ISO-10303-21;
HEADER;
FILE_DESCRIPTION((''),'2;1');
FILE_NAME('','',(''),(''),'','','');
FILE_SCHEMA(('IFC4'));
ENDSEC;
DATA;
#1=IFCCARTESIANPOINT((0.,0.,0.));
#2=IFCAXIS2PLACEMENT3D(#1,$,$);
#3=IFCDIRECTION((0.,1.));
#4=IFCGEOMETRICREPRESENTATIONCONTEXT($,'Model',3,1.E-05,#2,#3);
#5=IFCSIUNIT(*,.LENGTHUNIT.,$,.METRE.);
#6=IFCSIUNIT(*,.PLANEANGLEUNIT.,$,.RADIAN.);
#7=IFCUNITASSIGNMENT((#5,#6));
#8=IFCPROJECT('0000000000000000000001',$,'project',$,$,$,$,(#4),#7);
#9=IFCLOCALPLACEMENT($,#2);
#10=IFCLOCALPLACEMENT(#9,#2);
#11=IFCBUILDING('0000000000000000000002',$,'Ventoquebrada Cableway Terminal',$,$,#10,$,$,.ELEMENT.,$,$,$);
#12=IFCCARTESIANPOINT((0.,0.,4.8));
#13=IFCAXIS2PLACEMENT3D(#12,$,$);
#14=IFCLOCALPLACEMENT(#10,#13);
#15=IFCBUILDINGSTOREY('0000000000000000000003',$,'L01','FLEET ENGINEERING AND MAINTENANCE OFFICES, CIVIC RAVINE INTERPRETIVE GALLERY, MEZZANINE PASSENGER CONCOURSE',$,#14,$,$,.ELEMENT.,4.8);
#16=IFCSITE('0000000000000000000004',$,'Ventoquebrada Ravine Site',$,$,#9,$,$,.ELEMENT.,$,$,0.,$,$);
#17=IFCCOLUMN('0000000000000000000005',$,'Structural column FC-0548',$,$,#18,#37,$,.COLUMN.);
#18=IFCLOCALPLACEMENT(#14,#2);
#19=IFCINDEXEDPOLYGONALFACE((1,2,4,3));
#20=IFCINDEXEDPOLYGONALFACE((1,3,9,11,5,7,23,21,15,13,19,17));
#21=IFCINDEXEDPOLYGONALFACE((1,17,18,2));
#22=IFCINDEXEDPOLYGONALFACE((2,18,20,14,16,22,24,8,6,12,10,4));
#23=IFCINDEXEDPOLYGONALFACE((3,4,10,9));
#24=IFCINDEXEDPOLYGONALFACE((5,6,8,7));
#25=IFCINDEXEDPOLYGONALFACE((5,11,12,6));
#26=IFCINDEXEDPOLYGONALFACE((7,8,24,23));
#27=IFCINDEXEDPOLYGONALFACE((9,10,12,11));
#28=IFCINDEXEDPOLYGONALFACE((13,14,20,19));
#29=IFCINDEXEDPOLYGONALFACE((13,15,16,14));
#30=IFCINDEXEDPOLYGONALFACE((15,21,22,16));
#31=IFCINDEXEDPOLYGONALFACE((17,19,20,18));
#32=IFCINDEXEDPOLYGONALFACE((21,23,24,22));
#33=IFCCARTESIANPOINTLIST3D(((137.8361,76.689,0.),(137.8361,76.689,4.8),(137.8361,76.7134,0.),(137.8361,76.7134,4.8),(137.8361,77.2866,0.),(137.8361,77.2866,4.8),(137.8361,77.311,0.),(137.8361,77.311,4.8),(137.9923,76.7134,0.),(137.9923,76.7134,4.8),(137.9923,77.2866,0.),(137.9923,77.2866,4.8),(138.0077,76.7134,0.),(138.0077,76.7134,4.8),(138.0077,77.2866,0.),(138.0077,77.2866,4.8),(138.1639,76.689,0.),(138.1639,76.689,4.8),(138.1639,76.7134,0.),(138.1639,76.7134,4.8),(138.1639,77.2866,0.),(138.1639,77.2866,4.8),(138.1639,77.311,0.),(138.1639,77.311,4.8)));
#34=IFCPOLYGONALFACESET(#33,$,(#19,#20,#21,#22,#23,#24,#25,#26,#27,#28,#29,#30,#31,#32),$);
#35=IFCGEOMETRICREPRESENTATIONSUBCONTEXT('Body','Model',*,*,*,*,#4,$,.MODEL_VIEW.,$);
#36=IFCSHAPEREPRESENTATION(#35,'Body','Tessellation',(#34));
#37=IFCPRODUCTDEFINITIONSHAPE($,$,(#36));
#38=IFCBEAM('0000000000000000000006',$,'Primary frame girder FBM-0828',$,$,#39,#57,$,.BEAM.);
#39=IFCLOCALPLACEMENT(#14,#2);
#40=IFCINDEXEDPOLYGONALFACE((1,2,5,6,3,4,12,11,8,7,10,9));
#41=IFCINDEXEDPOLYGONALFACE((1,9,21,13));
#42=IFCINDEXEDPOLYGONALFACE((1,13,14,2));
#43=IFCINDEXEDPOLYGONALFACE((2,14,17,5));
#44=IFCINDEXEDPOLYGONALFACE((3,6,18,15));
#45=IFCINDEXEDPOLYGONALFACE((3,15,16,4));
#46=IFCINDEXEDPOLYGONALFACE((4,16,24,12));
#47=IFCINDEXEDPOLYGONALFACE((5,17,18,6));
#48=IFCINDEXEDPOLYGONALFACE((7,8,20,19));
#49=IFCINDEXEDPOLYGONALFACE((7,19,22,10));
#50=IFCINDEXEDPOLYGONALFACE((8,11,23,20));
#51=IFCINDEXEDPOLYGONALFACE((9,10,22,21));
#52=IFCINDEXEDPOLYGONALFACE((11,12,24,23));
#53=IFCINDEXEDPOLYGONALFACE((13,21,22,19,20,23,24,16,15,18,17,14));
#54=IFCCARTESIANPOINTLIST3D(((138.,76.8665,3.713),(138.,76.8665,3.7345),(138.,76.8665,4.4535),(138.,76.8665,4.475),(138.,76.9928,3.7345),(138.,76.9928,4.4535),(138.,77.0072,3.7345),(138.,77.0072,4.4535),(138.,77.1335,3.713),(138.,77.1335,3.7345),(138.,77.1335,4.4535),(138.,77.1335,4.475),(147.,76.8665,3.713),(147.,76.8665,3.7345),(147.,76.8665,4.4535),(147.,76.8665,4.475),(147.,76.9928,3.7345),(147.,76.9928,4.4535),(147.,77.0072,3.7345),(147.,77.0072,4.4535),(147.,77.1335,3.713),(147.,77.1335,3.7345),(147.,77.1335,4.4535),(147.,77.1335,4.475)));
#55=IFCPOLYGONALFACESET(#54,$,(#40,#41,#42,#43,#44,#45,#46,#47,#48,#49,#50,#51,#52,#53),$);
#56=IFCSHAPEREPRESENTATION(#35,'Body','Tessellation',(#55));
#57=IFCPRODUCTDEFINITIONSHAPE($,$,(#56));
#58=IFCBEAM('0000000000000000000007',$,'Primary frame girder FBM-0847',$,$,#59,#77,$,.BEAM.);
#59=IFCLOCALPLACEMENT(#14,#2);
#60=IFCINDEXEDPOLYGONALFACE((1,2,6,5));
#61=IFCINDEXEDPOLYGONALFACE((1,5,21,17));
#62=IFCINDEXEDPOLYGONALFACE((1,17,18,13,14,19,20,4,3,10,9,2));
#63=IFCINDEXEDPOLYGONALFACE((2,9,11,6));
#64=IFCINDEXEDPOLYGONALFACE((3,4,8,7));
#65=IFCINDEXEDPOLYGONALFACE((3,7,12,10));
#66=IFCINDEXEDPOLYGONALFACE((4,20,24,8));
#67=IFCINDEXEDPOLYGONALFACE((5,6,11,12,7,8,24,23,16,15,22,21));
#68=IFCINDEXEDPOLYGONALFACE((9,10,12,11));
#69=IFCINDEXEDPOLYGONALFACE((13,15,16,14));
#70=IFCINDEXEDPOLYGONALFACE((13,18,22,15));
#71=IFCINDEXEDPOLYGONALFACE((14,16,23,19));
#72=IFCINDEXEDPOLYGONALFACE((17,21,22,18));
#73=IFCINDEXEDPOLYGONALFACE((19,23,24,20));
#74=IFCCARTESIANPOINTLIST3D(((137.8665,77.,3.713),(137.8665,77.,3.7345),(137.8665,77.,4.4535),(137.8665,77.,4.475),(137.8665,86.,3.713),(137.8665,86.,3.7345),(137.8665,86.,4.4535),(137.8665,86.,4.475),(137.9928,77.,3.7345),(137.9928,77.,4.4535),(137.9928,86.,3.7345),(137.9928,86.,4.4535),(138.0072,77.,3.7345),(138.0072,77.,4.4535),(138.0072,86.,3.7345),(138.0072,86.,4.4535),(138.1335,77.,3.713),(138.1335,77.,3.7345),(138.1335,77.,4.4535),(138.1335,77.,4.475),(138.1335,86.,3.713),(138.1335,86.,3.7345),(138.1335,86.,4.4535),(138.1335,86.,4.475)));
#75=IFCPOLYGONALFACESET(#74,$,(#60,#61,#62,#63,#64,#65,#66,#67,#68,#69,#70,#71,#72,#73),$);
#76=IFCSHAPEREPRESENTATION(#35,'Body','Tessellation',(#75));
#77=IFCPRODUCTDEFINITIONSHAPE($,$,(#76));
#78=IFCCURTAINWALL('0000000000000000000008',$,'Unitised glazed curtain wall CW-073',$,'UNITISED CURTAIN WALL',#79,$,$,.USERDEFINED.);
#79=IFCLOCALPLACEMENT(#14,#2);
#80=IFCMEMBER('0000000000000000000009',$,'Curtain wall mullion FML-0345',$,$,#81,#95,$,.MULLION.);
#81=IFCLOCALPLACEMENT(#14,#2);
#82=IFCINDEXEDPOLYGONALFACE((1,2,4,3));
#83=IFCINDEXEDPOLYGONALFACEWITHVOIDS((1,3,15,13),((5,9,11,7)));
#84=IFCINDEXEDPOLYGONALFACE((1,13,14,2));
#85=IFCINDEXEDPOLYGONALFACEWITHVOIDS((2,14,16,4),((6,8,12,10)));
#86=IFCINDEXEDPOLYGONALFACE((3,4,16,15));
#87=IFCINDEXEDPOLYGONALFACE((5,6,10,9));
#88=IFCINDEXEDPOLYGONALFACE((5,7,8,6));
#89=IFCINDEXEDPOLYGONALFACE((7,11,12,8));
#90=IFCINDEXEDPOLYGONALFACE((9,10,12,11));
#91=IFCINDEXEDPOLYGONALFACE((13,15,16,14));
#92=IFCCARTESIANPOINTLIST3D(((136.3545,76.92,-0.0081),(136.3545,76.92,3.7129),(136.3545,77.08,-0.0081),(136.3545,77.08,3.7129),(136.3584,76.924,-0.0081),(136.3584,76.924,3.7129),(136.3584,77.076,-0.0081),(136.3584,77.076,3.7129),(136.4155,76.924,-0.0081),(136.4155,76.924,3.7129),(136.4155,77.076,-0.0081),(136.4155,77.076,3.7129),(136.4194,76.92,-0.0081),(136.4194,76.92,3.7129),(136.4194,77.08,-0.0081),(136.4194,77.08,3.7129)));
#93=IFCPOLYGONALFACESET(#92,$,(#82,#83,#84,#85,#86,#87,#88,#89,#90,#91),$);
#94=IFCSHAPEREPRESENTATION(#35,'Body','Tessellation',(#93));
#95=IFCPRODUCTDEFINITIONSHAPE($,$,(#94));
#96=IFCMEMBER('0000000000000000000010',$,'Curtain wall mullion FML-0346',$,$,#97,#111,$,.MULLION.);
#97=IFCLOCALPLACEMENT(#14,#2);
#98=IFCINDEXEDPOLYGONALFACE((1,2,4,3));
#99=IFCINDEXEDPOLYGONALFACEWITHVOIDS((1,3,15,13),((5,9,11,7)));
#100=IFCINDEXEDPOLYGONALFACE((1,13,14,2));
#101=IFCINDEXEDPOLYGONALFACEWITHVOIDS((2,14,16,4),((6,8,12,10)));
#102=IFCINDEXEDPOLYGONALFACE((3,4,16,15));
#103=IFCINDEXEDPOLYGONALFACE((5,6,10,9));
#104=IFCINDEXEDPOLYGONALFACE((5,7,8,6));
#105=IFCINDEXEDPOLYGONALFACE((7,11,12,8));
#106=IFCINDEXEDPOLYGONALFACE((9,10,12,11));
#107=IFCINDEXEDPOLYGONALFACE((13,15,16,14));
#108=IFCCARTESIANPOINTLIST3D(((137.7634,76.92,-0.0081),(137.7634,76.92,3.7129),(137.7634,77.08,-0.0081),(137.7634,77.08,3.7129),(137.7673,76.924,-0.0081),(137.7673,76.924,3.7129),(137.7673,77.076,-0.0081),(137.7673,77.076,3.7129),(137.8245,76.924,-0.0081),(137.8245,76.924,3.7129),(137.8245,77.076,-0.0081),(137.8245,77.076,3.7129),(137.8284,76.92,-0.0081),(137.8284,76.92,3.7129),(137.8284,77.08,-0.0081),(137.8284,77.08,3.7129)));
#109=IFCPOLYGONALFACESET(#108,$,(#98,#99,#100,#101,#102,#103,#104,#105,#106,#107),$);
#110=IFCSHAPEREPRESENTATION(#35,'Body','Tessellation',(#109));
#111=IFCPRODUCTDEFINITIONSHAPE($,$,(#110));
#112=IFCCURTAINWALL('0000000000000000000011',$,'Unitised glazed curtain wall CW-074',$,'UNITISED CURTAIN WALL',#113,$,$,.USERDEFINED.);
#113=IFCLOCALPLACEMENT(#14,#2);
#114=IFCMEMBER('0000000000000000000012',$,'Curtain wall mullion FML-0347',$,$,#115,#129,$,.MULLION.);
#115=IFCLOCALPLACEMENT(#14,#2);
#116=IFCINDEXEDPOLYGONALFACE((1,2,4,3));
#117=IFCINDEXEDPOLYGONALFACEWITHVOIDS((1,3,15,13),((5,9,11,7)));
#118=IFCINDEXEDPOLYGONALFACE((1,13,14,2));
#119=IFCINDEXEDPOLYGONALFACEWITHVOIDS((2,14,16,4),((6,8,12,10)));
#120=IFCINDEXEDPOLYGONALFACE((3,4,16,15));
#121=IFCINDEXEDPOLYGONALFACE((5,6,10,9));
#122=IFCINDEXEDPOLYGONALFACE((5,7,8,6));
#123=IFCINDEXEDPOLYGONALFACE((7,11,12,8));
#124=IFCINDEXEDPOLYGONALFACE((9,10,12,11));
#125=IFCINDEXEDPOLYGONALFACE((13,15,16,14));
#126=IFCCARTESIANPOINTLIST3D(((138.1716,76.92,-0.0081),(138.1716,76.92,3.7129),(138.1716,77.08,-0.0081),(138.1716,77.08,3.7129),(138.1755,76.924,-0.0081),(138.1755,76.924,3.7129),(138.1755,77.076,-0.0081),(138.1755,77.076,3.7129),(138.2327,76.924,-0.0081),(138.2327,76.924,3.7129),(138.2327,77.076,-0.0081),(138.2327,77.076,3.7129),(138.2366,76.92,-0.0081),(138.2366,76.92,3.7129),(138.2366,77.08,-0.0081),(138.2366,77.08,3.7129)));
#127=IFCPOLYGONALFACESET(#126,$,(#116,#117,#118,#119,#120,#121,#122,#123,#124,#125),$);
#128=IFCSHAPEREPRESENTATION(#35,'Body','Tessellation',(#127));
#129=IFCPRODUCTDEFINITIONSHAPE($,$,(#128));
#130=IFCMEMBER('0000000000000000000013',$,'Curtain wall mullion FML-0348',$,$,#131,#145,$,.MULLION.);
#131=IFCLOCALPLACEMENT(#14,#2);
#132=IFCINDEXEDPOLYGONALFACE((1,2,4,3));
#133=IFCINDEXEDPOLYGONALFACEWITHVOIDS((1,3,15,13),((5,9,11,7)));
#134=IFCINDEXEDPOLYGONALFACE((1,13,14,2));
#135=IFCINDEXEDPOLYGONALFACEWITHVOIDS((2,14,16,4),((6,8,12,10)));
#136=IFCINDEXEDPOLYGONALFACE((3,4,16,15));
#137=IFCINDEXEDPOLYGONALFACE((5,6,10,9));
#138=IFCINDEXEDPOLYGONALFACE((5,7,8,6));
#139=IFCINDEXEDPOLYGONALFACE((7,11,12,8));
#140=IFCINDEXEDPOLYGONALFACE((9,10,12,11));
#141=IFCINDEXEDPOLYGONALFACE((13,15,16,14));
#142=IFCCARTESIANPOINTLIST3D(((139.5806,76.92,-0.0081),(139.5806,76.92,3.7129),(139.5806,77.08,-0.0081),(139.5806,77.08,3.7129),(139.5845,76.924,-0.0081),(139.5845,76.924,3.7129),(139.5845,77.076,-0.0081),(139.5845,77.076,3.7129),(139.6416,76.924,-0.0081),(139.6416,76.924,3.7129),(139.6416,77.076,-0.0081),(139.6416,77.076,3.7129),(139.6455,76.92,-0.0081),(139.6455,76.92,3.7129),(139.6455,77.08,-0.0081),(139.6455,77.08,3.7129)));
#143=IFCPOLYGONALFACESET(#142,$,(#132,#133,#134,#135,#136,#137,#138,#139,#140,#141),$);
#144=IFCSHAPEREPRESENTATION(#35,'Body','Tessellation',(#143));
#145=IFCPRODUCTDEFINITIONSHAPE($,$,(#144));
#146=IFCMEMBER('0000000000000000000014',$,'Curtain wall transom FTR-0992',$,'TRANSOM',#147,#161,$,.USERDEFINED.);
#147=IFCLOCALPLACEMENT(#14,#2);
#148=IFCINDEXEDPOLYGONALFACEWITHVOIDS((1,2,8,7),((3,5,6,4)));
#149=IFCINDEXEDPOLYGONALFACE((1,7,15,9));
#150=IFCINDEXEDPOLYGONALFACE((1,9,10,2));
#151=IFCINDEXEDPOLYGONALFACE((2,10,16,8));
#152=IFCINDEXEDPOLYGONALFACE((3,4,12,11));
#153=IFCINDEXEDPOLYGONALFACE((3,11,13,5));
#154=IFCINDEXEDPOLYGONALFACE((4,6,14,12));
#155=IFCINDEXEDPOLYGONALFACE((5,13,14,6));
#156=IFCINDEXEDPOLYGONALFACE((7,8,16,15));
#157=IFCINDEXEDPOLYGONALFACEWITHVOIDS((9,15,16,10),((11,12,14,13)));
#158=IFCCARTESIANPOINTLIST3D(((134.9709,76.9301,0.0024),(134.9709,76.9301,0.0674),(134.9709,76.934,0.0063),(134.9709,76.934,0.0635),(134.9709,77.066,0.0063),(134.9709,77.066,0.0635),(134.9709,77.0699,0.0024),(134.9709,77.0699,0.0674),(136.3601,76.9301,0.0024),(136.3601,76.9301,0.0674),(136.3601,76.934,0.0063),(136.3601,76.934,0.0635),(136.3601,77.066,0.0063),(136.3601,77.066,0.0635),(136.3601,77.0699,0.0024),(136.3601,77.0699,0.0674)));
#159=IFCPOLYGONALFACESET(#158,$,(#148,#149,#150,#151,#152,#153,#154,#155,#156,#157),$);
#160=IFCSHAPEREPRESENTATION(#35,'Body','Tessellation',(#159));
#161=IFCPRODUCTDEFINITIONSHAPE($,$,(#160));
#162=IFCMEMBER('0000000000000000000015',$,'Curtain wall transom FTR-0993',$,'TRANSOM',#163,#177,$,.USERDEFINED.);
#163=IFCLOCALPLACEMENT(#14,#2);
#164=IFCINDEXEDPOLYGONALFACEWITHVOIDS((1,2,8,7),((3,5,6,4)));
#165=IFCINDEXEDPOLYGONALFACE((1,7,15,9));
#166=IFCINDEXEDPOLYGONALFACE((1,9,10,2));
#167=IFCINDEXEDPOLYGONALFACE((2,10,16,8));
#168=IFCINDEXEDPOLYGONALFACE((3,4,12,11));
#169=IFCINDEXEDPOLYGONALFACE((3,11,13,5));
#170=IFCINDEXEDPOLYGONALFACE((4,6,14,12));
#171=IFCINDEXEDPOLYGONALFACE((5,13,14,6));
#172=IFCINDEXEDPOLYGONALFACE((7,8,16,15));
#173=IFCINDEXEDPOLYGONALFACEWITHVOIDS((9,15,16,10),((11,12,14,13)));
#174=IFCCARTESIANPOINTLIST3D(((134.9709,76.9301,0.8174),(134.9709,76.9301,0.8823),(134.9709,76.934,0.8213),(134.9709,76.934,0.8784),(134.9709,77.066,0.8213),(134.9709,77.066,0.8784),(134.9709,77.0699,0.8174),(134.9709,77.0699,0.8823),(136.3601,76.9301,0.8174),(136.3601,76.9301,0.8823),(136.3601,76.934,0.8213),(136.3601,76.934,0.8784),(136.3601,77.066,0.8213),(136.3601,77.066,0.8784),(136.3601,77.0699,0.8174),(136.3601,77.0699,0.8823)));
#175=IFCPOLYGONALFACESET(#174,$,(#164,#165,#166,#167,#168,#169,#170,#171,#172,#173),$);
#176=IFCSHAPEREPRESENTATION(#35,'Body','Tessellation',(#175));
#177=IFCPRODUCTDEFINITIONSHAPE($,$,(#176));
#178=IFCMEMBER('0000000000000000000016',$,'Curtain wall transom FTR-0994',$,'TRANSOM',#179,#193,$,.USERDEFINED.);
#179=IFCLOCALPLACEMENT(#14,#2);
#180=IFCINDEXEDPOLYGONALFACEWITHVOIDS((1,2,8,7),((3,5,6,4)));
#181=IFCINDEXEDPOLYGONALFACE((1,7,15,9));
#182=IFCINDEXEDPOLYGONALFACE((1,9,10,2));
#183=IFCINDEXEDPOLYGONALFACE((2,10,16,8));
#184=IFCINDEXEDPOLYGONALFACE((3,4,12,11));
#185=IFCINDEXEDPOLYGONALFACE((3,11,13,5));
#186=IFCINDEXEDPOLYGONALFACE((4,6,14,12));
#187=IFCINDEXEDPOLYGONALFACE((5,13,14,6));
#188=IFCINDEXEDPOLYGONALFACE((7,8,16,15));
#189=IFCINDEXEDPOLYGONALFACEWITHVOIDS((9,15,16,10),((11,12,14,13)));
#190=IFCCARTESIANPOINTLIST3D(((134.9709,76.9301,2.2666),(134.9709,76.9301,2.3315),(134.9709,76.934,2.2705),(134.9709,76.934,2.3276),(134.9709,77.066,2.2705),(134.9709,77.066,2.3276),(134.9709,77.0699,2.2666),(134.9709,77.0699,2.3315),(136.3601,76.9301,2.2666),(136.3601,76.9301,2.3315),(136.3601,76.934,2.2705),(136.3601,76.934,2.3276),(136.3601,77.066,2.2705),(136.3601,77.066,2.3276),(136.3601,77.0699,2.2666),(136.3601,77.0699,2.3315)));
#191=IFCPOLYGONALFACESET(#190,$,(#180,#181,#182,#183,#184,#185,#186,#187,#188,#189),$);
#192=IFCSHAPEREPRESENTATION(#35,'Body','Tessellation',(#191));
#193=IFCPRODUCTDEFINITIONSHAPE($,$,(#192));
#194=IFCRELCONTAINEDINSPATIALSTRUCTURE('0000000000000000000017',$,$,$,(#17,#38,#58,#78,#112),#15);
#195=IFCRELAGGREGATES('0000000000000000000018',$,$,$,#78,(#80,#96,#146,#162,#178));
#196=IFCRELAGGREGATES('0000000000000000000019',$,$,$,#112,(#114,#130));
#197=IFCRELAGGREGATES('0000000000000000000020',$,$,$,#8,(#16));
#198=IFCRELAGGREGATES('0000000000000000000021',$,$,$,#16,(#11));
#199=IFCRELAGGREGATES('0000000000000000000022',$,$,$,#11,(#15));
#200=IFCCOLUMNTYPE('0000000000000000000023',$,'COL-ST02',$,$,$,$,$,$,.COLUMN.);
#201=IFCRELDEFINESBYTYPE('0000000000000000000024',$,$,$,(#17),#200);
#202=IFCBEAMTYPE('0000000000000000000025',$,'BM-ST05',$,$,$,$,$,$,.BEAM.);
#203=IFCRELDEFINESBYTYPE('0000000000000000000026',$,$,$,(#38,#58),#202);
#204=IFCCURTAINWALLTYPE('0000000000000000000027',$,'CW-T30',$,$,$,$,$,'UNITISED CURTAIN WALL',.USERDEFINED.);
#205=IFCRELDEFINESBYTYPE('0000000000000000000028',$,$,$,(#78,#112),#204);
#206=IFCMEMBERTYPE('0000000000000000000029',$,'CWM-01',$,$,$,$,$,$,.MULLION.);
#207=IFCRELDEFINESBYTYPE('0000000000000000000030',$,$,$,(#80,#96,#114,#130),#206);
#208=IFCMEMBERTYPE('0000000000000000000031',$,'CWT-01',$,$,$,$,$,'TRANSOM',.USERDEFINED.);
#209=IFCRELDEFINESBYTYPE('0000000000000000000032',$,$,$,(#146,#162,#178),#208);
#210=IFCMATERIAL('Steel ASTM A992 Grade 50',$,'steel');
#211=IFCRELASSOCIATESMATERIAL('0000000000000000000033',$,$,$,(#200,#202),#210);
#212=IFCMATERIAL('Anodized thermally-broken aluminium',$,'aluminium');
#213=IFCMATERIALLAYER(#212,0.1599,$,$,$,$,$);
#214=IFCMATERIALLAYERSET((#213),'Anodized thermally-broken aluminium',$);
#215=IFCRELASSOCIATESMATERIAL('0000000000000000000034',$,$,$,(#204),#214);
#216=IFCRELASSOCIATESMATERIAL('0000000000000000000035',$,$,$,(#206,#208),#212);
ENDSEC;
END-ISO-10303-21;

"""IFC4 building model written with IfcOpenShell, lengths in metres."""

from ifc_helpers import new_model, si_unit, direction, frame, origin, origin_2d, place, context, subcontext, project, spatial, hollow_rectangle, i_section, extrude, material, layer, layer_set, material_profile, profile_set, type_object, element, aggregate, save


model = new_model("IFC4")

# Units and contexts
model_context = context("Model", 3, precision=1e-05, world=origin(), true_north=direction((0.0, 1.0)))
body_context = subcontext(model_context, "Body", "Model", "MODEL_VIEW")
ifc_project = project(units=[si_unit("LENGTHUNIT", "METRE"), si_unit("PLANEANGLEUNIT", "RADIAN")], contexts=[model_context])

# Site, building, storey
site_placement = place(None, origin())
site = spatial("IfcSite", under=ifc_project, at=site_placement, Name="Ventoquebrada Ravine Site", CompositionType="ELEMENT", RefElevation=0.0)
building_placement = place(site_placement, origin())
building = spatial("IfcBuilding", under=site, at=building_placement, Name="Ventoquebrada Cableway Terminal", CompositionType="ELEMENT")
storey_placement = place(building_placement, frame((0.0, 0.0, 4.8)))
storey = spatial("IfcBuildingStorey", under=building, at=storey_placement, Name="L01", Description="FLEET ENGINEERING AND MAINTENANCE OFFICES, CIVIC RAVINE INTERPRETIVE GALLERY, MEZZANINE PASSENGER CONCOURSE", CompositionType="ELEMENT", Elevation=4.8)

# Column
ifc_material_1 = material(Name="Steel ASTM A992 Grade 50", Category="steel")
ifc_material_profile_1 = material_profile(ifc_material_1, i_section(OverallWidth=0.3279, OverallDepth=0.6221, WebThickness=0.0154, FlangeThickness=0.0244, at=origin_2d()), Name="W24X131")
ifc_profile_set_1 = profile_set([ifc_material_profile_1], Name="Steel ASTM A992 Grade 50")
column_type = type_object("IfcColumnType", Name="COL-ST02", PredefinedType="COLUMN", material=ifc_profile_set_1)
column_placement = place(storey_placement, frame((138.0, 77.0, 0.0), z_axis=(0.0, 0.0, 1.0), x_axis=(1.0, 0.0, 0.0)))
element("IfcColumn", 1, at=column_placement, inside=storey, type_object=column_type, Name="Structural column FC-0548", PredefinedType="COLUMN", context=body_context, shape_type="SweptSolid", body=[
    extrude(i_section(OverallWidth=0.3279, OverallDepth=0.6221, WebThickness=0.0154, FlangeThickness=0.0244, at=origin_2d()), origin(), (0.0, 0.0, 1.0), 4.8),
])

# Beams
ifc_material_profile_2 = material_profile(ifc_material_1, i_section(OverallWidth=0.2671, OverallDepth=0.762, WebThickness=0.0144, FlangeThickness=0.0215, at=origin_2d()), Name="W30X116")
ifc_profile_set_2 = profile_set([ifc_material_profile_2], Name="Steel ASTM A992 Grade 50")
beam_type = type_object("IfcBeamType", Name="BM-ST05", PredefinedType="BEAM", material=ifc_profile_set_2)
for number, where, z_axis, x_axis, name in (
    (2, (138.0, 77.0, 4.094), (1.0, 0.0, 0.0), (0.0, 1.0, 0.0), "Primary frame girder FBM-0828"),
    (3, (138.0, 77.0, 4.094), (0.0, 1.0, 0.0), (-1.0, 0.0, 0.0), "Primary frame girder FBM-0847"),
):
    element("IfcBeam", number, at=place(storey_placement, frame(where, z_axis=z_axis, x_axis=x_axis)), inside=storey, type_object=beam_type, Name=name, PredefinedType="BEAM", context=body_context, shape_type="SweptSolid", body=[
        extrude(i_section(OverallWidth=0.2671, OverallDepth=0.762, WebThickness=0.0144, FlangeThickness=0.0215, at=origin_2d()), origin(), (0.0, 0.0, 1.0), 9.0),
    ])

# Curtain walls, members
ifc_material_2 = material(Name="Anodized thermally-broken aluminium", Category="aluminium")
ifc_layer_1 = layer(ifc_material_2, 0.1599)
ifc_layer_set_1 = layer_set([ifc_layer_1], Name="Anodized thermally-broken aluminium")
curtain_wall_type = type_object("IfcCurtainWallType", Name="CW-T30", ElementType="UNITISED CURTAIN WALL", PredefinedType="USERDEFINED", material=ifc_layer_set_1)
curtain_wall_1_placement = place(storey_placement, origin())
curtain_wall_1 = element("IfcCurtainWall", 4, at=curtain_wall_1_placement, inside=storey, type_object=curtain_wall_type, Name="Unitised glazed curtain wall CW-073", ObjectType="UNITISED CURTAIN WALL", PredefinedType="USERDEFINED")
ifc_material_profile_3 = material_profile(ifc_material_2, hollow_rectangle(XDim=0.0649, YDim=0.1599, WallThickness=0.0039, at=origin_2d()), Name="CW-MUL-65X160")
ifc_profile_set_3 = profile_set([ifc_material_profile_3], Name="Anodized thermally-broken aluminium")
member_type_1 = type_object("IfcMemberType", Name="CWM-01", PredefinedType="MULLION", material=ifc_profile_set_3)
member_1_placement = place(storey_placement, frame((136.387, 77.0, -0.0081), z_axis=(0.0, 0.0, 1.0), x_axis=(1.0, 0.0, 0.0)))
member_1 = element("IfcMember", 5, at=member_1_placement, type_object=member_type_1, Name="Curtain wall mullion FML-0345", PredefinedType="MULLION", context=body_context, shape_type="SweptSolid", body=[
    extrude(hollow_rectangle(XDim=0.0649, YDim=0.1599, WallThickness=0.0039, at=origin_2d()), origin(), (0.0, 0.0, 1.0), 3.7209),
])
member_2_placement = place(storey_placement, frame((137.7959, 77.0, -0.0081), z_axis=(0.0, 0.0, 1.0), x_axis=(1.0, 0.0, 0.0)))
member_2 = element("IfcMember", 6, at=member_2_placement, type_object=member_type_1, Name="Curtain wall mullion FML-0346", PredefinedType="MULLION", context=body_context, shape_type="SweptSolid", body=[
    extrude(hollow_rectangle(XDim=0.0649, YDim=0.1599, WallThickness=0.0039, at=origin_2d()), origin(), (0.0, 0.0, 1.0), 3.7209),
])
curtain_wall_2_placement = place(storey_placement, origin())
curtain_wall_2 = element("IfcCurtainWall", 7, at=curtain_wall_2_placement, inside=storey, type_object=curtain_wall_type, Name="Unitised glazed curtain wall CW-074", ObjectType="UNITISED CURTAIN WALL", PredefinedType="USERDEFINED")
member_3_placement = place(storey_placement, frame((138.2041, 77.0, -0.0081), z_axis=(0.0, 0.0, 1.0), x_axis=(1.0, 0.0, 0.0)))
member_3 = element("IfcMember", 8, at=member_3_placement, type_object=member_type_1, Name="Curtain wall mullion FML-0347", PredefinedType="MULLION", context=body_context, shape_type="SweptSolid", body=[
    extrude(hollow_rectangle(XDim=0.0649, YDim=0.1599, WallThickness=0.0039, at=origin_2d()), origin(), (0.0, 0.0, 1.0), 3.7209),
])
member_4_placement = place(storey_placement, frame((139.613, 77.0, -0.0081), z_axis=(0.0, 0.0, 1.0), x_axis=(1.0, 0.0, 0.0)))
member_4 = element("IfcMember", 9, at=member_4_placement, type_object=member_type_1, Name="Curtain wall mullion FML-0348", PredefinedType="MULLION", context=body_context, shape_type="SweptSolid", body=[
    extrude(hollow_rectangle(XDim=0.0649, YDim=0.1599, WallThickness=0.0039, at=origin_2d()), origin(), (0.0, 0.0, 1.0), 3.7209),
])

# Members
ifc_material_profile_4 = material_profile(ifc_material_2, hollow_rectangle(XDim=0.0649, YDim=0.1399, WallThickness=0.0039, at=origin_2d()), Name="CW-TRN-65X140")
ifc_profile_set_4 = profile_set([ifc_material_profile_4], Name="Anodized thermally-broken aluminium")
member_type_2 = type_object("IfcMemberType", Name="CWT-01", ElementType="TRANSOM", PredefinedType="USERDEFINED", material=ifc_profile_set_4)
member_5_placement = place(storey_placement, frame((134.9709, 77.0, 0.0349), z_axis=(1.0, 0.0, 0.0), x_axis=(0.0, 0.0, 1.0)))
member_5 = element("IfcMember", 10, at=member_5_placement, type_object=member_type_2, Name="Curtain wall transom FTR-0992", ObjectType="TRANSOM", PredefinedType="USERDEFINED", context=body_context, shape_type="SweptSolid", body=[
    extrude(hollow_rectangle(XDim=0.0649, YDim=0.1399, WallThickness=0.0039, at=origin_2d()), origin(), (0.0, 0.0, 1.0), 1.3892),
])
member_6_placement = place(storey_placement, frame((134.9709, 77.0, 0.8499), z_axis=(1.0, 0.0, 0.0), x_axis=(0.0, 0.0, 1.0)))
member_6 = element("IfcMember", 11, at=member_6_placement, type_object=member_type_2, Name="Curtain wall transom FTR-0993", ObjectType="TRANSOM", PredefinedType="USERDEFINED", context=body_context, shape_type="SweptSolid", body=[
    extrude(hollow_rectangle(XDim=0.0649, YDim=0.1399, WallThickness=0.0039, at=origin_2d()), origin(), (0.0, 0.0, 1.0), 1.3892),
])
member_7_placement = place(storey_placement, frame((134.9709, 77.0, 2.2991), z_axis=(1.0, 0.0, 0.0), x_axis=(0.0, 0.0, 1.0)))
member_7 = element("IfcMember", 12, at=member_7_placement, type_object=member_type_2, Name="Curtain wall transom FTR-0994", ObjectType="TRANSOM", PredefinedType="USERDEFINED", context=body_context, shape_type="SweptSolid", body=[
    extrude(hollow_rectangle(XDim=0.0649, YDim=0.1399, WallThickness=0.0039, at=origin_2d()), origin(), (0.0, 0.0, 1.0), 1.3892),
])

aggregate(curtain_wall_1, [member_1, member_2, member_5, member_6, member_7])
aggregate(curtain_wall_2, [member_3, member_4])

save(model, "model.ifc")
